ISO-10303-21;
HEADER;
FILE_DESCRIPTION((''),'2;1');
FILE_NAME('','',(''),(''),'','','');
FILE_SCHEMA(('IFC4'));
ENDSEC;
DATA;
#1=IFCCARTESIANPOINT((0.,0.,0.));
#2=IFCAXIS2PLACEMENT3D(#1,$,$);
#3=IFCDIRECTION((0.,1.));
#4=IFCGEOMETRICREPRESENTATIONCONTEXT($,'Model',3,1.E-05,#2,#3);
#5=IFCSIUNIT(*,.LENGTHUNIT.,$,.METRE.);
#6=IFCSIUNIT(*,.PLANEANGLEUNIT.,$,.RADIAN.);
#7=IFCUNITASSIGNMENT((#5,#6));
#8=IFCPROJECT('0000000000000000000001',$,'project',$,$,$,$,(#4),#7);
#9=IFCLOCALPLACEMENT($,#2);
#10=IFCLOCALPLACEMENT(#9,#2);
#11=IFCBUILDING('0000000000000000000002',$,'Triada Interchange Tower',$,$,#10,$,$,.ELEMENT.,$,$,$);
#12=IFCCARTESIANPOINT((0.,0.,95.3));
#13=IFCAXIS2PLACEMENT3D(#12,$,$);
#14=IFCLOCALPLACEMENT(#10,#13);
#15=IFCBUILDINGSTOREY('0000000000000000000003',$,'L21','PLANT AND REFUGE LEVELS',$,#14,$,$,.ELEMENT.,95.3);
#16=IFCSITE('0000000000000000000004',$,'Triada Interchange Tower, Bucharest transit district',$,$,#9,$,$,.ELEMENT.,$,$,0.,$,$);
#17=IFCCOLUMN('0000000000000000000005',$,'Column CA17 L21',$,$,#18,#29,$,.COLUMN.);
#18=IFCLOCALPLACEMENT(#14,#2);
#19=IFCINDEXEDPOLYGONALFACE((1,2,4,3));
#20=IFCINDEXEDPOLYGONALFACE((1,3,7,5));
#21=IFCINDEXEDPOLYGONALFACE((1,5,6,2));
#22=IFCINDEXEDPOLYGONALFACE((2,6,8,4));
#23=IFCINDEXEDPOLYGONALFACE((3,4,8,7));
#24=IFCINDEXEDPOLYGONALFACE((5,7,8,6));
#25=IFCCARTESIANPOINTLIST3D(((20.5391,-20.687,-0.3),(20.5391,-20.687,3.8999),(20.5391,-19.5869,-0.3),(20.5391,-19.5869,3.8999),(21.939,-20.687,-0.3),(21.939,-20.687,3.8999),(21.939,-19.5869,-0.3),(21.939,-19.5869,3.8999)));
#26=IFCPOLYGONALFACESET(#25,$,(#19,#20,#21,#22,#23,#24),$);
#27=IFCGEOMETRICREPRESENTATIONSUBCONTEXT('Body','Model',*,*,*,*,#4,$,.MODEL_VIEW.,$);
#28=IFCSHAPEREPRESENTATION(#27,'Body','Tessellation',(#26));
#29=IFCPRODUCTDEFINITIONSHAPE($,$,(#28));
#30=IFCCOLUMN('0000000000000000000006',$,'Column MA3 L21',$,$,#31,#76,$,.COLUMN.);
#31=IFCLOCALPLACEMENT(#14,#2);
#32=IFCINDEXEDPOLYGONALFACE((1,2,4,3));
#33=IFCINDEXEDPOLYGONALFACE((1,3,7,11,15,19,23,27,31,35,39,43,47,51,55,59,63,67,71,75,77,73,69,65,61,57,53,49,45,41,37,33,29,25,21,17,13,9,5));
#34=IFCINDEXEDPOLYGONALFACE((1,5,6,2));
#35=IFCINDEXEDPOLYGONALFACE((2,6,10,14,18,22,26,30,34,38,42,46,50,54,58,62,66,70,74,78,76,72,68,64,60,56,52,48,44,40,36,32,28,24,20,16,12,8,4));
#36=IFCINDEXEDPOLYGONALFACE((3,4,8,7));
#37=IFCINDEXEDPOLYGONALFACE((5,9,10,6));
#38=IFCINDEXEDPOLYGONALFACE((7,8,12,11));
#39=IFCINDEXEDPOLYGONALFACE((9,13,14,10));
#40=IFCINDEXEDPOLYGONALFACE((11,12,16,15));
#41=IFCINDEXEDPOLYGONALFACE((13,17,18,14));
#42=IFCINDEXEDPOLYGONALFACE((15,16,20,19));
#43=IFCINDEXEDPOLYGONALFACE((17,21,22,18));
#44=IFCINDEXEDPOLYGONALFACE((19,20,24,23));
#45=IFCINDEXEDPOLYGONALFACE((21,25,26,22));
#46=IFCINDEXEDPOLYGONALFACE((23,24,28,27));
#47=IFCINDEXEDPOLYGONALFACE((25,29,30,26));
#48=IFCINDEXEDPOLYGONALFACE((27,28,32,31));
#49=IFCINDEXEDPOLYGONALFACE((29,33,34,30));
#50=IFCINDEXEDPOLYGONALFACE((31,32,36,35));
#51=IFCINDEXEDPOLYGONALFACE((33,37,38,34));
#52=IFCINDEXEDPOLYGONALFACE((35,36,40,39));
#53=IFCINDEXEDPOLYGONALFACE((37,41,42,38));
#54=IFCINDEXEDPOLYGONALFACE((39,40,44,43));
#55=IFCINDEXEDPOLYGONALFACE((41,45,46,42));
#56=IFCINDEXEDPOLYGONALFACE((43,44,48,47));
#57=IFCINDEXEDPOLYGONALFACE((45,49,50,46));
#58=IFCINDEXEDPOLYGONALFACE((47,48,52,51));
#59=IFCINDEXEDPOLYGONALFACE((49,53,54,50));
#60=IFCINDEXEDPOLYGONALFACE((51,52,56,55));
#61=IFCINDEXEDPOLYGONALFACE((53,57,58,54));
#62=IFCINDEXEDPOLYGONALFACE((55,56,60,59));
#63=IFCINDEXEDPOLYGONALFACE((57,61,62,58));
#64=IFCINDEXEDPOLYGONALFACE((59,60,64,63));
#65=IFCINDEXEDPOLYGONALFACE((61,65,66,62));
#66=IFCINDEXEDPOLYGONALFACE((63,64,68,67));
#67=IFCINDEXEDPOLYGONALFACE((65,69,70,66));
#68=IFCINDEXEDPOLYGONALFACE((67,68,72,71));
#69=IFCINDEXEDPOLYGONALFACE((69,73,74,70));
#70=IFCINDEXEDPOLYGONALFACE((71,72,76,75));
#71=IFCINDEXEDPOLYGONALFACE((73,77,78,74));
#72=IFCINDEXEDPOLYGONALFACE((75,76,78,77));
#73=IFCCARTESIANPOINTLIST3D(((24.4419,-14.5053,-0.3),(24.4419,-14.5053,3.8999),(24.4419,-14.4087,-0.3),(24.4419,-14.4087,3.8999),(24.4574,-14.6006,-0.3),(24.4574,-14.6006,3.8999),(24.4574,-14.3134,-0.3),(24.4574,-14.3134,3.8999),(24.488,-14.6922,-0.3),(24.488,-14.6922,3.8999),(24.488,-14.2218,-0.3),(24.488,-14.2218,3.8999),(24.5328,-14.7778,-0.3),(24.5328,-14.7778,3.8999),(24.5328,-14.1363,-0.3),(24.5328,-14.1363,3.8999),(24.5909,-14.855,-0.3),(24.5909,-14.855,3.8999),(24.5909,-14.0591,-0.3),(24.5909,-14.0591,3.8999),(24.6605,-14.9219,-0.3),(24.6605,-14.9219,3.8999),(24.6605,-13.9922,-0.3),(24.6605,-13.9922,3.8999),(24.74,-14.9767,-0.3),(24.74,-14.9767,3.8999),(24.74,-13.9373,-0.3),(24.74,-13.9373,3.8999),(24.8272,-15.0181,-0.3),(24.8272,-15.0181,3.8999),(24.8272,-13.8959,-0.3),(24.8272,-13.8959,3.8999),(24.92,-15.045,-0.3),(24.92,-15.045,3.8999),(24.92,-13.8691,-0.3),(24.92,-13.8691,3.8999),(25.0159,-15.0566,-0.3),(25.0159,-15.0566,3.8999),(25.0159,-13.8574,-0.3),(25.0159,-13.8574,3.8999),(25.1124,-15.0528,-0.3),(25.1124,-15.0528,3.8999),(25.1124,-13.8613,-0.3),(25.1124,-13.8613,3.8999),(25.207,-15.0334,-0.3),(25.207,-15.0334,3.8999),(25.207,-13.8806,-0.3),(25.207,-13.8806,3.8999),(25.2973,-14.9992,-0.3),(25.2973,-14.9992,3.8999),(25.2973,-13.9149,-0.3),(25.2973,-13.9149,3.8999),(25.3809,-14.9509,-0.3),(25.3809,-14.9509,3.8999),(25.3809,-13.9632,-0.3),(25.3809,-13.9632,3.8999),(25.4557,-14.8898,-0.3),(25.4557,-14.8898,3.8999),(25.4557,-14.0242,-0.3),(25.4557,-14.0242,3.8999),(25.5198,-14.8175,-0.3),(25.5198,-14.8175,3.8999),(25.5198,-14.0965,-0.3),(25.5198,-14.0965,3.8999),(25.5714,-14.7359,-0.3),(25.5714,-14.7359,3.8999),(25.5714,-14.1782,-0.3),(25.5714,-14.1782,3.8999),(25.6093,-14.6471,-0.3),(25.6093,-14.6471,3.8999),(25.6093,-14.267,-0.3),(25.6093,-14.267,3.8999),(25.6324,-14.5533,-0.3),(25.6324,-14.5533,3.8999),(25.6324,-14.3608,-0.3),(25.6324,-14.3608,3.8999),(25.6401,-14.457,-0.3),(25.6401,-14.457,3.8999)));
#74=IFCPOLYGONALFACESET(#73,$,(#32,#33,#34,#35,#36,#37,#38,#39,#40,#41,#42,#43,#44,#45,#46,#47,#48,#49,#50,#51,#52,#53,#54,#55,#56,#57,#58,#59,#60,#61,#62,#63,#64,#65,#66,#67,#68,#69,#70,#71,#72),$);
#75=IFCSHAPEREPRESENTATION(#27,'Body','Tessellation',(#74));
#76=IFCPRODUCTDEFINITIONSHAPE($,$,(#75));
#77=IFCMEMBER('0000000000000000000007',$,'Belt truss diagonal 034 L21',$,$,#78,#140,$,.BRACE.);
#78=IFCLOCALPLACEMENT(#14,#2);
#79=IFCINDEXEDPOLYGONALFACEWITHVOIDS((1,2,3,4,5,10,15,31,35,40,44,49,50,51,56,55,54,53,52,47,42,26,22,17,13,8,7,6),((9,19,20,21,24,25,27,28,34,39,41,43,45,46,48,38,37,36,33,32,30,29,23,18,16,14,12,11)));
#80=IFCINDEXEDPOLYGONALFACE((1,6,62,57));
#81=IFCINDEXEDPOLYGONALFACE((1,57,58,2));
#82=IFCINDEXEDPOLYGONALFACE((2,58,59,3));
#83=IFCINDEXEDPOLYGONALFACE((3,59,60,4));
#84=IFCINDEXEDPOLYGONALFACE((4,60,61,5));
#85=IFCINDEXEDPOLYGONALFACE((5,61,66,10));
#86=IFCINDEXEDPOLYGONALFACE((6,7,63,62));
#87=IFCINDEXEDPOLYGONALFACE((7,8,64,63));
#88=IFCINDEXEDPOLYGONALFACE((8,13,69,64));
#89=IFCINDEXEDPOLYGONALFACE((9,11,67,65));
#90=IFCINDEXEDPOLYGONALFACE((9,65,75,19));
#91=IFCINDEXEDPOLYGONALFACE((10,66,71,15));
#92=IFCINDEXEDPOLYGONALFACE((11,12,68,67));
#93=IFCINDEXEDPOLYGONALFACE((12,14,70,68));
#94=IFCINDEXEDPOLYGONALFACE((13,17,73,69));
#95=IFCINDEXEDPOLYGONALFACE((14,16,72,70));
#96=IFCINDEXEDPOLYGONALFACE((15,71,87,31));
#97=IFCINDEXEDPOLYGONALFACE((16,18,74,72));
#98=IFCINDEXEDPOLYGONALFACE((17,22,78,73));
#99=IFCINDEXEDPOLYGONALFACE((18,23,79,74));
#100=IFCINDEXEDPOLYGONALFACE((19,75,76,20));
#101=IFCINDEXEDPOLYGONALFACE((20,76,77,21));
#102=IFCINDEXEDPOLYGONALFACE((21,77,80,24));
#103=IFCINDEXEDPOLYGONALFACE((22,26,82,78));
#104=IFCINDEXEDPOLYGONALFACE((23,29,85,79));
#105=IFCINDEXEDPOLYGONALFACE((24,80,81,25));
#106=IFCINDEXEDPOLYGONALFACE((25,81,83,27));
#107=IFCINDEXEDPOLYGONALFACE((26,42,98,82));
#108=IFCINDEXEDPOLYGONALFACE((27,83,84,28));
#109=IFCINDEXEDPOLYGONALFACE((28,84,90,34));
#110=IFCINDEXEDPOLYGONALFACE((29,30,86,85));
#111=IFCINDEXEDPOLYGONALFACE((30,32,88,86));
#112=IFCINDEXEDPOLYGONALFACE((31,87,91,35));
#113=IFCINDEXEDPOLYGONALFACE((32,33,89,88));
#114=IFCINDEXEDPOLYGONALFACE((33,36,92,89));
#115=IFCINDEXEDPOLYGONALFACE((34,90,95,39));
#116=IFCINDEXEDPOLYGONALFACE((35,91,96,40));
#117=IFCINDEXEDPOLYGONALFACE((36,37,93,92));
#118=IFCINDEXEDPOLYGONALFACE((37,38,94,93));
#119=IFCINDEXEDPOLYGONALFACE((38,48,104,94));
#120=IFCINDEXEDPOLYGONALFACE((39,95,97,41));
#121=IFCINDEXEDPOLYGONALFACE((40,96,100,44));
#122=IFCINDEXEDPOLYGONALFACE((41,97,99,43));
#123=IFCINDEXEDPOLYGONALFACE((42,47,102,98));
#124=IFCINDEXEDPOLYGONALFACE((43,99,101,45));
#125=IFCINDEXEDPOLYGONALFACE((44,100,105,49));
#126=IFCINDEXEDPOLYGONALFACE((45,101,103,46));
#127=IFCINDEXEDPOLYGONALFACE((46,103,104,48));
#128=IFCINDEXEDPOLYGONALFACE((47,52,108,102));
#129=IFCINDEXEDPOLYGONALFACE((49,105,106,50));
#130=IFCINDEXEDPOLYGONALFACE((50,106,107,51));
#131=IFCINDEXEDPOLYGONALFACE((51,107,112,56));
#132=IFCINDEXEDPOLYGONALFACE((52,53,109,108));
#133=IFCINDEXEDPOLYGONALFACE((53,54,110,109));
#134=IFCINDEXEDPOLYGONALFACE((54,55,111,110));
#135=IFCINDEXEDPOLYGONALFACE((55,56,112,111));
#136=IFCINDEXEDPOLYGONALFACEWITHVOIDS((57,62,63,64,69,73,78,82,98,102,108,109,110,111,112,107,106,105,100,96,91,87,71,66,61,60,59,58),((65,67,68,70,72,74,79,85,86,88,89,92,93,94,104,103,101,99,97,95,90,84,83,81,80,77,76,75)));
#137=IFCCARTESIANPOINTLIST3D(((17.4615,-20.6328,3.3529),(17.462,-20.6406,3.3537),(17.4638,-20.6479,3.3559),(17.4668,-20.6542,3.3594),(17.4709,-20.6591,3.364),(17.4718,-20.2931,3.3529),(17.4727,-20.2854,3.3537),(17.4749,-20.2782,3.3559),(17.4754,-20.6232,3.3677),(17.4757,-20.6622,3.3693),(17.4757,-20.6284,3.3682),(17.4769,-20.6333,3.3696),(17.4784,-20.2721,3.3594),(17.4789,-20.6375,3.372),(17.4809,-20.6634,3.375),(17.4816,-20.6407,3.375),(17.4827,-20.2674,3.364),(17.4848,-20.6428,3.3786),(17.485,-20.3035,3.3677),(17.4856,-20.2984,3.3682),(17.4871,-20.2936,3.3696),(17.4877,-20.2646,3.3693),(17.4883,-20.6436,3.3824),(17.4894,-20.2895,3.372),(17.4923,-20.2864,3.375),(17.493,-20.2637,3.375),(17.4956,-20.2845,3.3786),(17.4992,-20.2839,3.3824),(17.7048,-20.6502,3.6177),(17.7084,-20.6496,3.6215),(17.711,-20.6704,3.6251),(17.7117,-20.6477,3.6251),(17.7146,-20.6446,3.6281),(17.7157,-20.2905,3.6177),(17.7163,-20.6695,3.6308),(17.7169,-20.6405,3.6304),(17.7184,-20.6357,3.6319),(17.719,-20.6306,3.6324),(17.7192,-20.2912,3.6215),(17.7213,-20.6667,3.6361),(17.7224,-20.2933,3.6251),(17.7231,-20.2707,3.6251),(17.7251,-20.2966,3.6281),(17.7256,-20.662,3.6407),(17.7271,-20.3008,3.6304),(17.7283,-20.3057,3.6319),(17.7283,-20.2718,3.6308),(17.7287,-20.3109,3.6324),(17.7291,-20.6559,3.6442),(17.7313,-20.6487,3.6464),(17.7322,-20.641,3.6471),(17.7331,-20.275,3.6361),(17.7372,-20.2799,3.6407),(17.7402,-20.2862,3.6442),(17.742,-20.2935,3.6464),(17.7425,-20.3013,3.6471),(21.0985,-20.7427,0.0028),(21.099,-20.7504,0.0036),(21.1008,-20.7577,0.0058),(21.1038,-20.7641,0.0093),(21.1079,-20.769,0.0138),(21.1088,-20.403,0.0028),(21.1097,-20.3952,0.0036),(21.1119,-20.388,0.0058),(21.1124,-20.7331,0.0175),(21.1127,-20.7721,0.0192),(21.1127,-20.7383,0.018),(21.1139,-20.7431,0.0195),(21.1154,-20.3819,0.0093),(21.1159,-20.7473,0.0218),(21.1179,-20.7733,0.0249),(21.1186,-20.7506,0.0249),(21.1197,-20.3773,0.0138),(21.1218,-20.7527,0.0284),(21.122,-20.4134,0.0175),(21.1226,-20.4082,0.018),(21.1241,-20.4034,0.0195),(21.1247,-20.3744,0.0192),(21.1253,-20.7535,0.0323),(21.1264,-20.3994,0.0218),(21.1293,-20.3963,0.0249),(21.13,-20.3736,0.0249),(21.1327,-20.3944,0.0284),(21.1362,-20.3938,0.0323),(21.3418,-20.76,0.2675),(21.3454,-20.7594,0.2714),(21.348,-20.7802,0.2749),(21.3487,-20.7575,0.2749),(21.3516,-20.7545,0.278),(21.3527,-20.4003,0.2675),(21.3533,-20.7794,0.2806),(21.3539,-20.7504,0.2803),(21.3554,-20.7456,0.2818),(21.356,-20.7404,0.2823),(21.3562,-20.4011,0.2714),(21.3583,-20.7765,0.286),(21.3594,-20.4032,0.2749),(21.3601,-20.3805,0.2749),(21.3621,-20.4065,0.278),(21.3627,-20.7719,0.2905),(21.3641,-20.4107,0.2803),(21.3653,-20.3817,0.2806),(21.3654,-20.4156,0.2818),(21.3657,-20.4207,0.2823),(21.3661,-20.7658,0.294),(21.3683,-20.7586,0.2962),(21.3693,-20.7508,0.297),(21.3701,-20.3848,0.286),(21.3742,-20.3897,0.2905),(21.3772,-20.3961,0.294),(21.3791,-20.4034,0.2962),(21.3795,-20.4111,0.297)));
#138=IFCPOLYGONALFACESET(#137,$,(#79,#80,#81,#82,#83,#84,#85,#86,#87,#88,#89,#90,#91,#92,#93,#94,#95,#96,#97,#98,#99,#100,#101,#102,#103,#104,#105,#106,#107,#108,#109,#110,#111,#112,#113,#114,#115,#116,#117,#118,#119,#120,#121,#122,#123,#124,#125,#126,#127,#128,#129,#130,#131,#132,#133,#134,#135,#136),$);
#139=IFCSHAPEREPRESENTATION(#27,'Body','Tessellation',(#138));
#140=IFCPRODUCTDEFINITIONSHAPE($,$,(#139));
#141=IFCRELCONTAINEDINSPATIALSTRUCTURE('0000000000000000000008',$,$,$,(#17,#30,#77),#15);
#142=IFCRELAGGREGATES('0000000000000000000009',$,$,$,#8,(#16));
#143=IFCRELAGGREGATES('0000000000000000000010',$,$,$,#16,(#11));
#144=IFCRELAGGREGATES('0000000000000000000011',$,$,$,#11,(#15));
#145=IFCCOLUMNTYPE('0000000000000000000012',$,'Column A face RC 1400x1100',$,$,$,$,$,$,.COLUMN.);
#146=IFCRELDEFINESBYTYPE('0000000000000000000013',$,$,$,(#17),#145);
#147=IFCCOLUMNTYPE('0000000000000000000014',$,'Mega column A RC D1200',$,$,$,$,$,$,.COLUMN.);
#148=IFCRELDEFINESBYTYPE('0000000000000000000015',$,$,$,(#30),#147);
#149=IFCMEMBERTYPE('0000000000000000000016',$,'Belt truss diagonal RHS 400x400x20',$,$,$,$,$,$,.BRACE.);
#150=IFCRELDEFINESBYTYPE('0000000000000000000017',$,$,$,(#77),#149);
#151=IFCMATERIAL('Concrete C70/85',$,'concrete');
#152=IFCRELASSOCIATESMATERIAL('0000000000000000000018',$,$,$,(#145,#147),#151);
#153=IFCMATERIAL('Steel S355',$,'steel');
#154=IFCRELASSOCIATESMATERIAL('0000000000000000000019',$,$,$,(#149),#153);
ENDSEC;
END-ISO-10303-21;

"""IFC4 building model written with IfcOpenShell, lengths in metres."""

from ifc_helpers import new_model, si_unit, direction, frame, origin, origin_2d, place, context, subcontext, project, spatial, rectangle, hollow_rectangle, circle, extrude, material, material_profile, profile_set, type_object, element, save


model = new_model("IFC4")

# Units and contexts
model_context = context("Model", 3, precision=1e-05, world=origin(), true_north=direction((0.0, 1.0)))
body_context = subcontext(model_context, "Body", "Model", "MODEL_VIEW")
ifc_project = project(units=[si_unit("LENGTHUNIT", "METRE"), si_unit("PLANEANGLEUNIT", "RADIAN")], contexts=[model_context])

# Site, building, storey
site_placement = place(None, origin())
site = spatial("IfcSite", under=ifc_project, at=site_placement, Name="Triada Interchange Tower, Bucharest transit district", CompositionType="ELEMENT", RefElevation=0.0)
building_placement = place(site_placement, origin())
building = spatial("IfcBuilding", under=site, at=building_placement, Name="Triada Interchange Tower", CompositionType="ELEMENT")
storey_placement = place(building_placement, frame((0.0, 0.0, 95.3)))
storey = spatial("IfcBuildingStorey", under=building, at=storey_placement, Name="L21", Description="PLANT AND REFUGE LEVELS", CompositionType="ELEMENT", Elevation=95.3)

# Columns
ifc_material_1 = material(Name="Concrete C70/85", Category="concrete")
ifc_material_profile_1 = material_profile(ifc_material_1, rectangle(XDim=1.3999, YDim=1.1001, at=origin_2d()), Name="RC 1400x1100")
ifc_profile_set_1 = profile_set([ifc_material_profile_1], Name="Concrete C70/85")
column_type_1 = type_object("IfcColumnType", Name="Column A face RC 1400x1100", PredefinedType="COLUMN", material=ifc_profile_set_1)
column_1_placement = place(storey_placement, frame((21.239, -20.137, -0.3), z_axis=(0.0, 0.0, 1.0), x_axis=(1.0, 0.0, 0.0)))
element("IfcColumn", 1, at=column_1_placement, inside=storey, type_object=column_type_1, Name="Column CA17 L21", PredefinedType="COLUMN", context=body_context, shape_type="SweptSolid", body=[
    extrude(rectangle(XDim=1.3999, YDim=1.1001, at=origin_2d()), origin(), (0.0, 0.0, 1.0), 4.2),
])
ifc_material_profile_2 = material_profile(ifc_material_1, circle(Radius=0.6001, at=origin_2d()), Name="RC D1200")
ifc_profile_set_2 = profile_set([ifc_material_profile_2], Name="Concrete C70/85")
column_type_2 = type_object("IfcColumnType", Name="Mega column A RC D1200", PredefinedType="COLUMN", material=ifc_profile_set_2)
column_2_placement = place(storey_placement, frame((25.04, -14.457, -0.3), z_axis=(0.0, 0.0, 1.0), x_axis=(1.0, 0.0, 0.0)))
element("IfcColumn", 2, at=column_2_placement, inside=storey, type_object=column_type_2, Name="Column MA3 L21", PredefinedType="COLUMN", context=body_context, shape_type="SweptSolid", body=[
    extrude(circle(Radius=0.6001, at=origin_2d()), origin(), (0.0, 0.0, 1.0), 4.2),
])

# Member
ifc_material_2 = material(Name="Steel S355", Category="steel")
ifc_material_profile_3 = material_profile(ifc_material_2, hollow_rectangle(XDim=0.3999, YDim=0.3999, WallThickness=0.02, InnerFilletRadius=0.02, OuterFilletRadius=0.03, at=origin_2d()), Name="RHS 400x400x20")
ifc_profile_set_3 = profile_set([ifc_material_profile_3], Name="Steel S355")
member_type = type_object("IfcMemberType", Name="Belt truss diagonal RHS 400x400x20", PredefinedType="BRACE", material=ifc_profile_set_3)
member_1_placement = place(storey_placement, frame((21.239, -20.5769, 0.1499), z_axis=(-0.735337, 0.022213, 0.677337), x_axis=(-0.030194, -0.999544, 0.0)))
element("IfcMember", 3, at=member_1_placement, inside=storey, type_object=member_type, Name="Belt truss diagonal 034 L21", PredefinedType="BRACE", context=body_context, shape_type="SweptSolid", body=[
    extrude(hollow_rectangle(XDim=0.3999, YDim=0.3999, WallThickness=0.02, InnerFilletRadius=0.02, OuterFilletRadius=0.03, at=origin_2d()), origin(), (0.0, 0.0, 1.0), 4.946),
])

save(model, "model.ifc")
